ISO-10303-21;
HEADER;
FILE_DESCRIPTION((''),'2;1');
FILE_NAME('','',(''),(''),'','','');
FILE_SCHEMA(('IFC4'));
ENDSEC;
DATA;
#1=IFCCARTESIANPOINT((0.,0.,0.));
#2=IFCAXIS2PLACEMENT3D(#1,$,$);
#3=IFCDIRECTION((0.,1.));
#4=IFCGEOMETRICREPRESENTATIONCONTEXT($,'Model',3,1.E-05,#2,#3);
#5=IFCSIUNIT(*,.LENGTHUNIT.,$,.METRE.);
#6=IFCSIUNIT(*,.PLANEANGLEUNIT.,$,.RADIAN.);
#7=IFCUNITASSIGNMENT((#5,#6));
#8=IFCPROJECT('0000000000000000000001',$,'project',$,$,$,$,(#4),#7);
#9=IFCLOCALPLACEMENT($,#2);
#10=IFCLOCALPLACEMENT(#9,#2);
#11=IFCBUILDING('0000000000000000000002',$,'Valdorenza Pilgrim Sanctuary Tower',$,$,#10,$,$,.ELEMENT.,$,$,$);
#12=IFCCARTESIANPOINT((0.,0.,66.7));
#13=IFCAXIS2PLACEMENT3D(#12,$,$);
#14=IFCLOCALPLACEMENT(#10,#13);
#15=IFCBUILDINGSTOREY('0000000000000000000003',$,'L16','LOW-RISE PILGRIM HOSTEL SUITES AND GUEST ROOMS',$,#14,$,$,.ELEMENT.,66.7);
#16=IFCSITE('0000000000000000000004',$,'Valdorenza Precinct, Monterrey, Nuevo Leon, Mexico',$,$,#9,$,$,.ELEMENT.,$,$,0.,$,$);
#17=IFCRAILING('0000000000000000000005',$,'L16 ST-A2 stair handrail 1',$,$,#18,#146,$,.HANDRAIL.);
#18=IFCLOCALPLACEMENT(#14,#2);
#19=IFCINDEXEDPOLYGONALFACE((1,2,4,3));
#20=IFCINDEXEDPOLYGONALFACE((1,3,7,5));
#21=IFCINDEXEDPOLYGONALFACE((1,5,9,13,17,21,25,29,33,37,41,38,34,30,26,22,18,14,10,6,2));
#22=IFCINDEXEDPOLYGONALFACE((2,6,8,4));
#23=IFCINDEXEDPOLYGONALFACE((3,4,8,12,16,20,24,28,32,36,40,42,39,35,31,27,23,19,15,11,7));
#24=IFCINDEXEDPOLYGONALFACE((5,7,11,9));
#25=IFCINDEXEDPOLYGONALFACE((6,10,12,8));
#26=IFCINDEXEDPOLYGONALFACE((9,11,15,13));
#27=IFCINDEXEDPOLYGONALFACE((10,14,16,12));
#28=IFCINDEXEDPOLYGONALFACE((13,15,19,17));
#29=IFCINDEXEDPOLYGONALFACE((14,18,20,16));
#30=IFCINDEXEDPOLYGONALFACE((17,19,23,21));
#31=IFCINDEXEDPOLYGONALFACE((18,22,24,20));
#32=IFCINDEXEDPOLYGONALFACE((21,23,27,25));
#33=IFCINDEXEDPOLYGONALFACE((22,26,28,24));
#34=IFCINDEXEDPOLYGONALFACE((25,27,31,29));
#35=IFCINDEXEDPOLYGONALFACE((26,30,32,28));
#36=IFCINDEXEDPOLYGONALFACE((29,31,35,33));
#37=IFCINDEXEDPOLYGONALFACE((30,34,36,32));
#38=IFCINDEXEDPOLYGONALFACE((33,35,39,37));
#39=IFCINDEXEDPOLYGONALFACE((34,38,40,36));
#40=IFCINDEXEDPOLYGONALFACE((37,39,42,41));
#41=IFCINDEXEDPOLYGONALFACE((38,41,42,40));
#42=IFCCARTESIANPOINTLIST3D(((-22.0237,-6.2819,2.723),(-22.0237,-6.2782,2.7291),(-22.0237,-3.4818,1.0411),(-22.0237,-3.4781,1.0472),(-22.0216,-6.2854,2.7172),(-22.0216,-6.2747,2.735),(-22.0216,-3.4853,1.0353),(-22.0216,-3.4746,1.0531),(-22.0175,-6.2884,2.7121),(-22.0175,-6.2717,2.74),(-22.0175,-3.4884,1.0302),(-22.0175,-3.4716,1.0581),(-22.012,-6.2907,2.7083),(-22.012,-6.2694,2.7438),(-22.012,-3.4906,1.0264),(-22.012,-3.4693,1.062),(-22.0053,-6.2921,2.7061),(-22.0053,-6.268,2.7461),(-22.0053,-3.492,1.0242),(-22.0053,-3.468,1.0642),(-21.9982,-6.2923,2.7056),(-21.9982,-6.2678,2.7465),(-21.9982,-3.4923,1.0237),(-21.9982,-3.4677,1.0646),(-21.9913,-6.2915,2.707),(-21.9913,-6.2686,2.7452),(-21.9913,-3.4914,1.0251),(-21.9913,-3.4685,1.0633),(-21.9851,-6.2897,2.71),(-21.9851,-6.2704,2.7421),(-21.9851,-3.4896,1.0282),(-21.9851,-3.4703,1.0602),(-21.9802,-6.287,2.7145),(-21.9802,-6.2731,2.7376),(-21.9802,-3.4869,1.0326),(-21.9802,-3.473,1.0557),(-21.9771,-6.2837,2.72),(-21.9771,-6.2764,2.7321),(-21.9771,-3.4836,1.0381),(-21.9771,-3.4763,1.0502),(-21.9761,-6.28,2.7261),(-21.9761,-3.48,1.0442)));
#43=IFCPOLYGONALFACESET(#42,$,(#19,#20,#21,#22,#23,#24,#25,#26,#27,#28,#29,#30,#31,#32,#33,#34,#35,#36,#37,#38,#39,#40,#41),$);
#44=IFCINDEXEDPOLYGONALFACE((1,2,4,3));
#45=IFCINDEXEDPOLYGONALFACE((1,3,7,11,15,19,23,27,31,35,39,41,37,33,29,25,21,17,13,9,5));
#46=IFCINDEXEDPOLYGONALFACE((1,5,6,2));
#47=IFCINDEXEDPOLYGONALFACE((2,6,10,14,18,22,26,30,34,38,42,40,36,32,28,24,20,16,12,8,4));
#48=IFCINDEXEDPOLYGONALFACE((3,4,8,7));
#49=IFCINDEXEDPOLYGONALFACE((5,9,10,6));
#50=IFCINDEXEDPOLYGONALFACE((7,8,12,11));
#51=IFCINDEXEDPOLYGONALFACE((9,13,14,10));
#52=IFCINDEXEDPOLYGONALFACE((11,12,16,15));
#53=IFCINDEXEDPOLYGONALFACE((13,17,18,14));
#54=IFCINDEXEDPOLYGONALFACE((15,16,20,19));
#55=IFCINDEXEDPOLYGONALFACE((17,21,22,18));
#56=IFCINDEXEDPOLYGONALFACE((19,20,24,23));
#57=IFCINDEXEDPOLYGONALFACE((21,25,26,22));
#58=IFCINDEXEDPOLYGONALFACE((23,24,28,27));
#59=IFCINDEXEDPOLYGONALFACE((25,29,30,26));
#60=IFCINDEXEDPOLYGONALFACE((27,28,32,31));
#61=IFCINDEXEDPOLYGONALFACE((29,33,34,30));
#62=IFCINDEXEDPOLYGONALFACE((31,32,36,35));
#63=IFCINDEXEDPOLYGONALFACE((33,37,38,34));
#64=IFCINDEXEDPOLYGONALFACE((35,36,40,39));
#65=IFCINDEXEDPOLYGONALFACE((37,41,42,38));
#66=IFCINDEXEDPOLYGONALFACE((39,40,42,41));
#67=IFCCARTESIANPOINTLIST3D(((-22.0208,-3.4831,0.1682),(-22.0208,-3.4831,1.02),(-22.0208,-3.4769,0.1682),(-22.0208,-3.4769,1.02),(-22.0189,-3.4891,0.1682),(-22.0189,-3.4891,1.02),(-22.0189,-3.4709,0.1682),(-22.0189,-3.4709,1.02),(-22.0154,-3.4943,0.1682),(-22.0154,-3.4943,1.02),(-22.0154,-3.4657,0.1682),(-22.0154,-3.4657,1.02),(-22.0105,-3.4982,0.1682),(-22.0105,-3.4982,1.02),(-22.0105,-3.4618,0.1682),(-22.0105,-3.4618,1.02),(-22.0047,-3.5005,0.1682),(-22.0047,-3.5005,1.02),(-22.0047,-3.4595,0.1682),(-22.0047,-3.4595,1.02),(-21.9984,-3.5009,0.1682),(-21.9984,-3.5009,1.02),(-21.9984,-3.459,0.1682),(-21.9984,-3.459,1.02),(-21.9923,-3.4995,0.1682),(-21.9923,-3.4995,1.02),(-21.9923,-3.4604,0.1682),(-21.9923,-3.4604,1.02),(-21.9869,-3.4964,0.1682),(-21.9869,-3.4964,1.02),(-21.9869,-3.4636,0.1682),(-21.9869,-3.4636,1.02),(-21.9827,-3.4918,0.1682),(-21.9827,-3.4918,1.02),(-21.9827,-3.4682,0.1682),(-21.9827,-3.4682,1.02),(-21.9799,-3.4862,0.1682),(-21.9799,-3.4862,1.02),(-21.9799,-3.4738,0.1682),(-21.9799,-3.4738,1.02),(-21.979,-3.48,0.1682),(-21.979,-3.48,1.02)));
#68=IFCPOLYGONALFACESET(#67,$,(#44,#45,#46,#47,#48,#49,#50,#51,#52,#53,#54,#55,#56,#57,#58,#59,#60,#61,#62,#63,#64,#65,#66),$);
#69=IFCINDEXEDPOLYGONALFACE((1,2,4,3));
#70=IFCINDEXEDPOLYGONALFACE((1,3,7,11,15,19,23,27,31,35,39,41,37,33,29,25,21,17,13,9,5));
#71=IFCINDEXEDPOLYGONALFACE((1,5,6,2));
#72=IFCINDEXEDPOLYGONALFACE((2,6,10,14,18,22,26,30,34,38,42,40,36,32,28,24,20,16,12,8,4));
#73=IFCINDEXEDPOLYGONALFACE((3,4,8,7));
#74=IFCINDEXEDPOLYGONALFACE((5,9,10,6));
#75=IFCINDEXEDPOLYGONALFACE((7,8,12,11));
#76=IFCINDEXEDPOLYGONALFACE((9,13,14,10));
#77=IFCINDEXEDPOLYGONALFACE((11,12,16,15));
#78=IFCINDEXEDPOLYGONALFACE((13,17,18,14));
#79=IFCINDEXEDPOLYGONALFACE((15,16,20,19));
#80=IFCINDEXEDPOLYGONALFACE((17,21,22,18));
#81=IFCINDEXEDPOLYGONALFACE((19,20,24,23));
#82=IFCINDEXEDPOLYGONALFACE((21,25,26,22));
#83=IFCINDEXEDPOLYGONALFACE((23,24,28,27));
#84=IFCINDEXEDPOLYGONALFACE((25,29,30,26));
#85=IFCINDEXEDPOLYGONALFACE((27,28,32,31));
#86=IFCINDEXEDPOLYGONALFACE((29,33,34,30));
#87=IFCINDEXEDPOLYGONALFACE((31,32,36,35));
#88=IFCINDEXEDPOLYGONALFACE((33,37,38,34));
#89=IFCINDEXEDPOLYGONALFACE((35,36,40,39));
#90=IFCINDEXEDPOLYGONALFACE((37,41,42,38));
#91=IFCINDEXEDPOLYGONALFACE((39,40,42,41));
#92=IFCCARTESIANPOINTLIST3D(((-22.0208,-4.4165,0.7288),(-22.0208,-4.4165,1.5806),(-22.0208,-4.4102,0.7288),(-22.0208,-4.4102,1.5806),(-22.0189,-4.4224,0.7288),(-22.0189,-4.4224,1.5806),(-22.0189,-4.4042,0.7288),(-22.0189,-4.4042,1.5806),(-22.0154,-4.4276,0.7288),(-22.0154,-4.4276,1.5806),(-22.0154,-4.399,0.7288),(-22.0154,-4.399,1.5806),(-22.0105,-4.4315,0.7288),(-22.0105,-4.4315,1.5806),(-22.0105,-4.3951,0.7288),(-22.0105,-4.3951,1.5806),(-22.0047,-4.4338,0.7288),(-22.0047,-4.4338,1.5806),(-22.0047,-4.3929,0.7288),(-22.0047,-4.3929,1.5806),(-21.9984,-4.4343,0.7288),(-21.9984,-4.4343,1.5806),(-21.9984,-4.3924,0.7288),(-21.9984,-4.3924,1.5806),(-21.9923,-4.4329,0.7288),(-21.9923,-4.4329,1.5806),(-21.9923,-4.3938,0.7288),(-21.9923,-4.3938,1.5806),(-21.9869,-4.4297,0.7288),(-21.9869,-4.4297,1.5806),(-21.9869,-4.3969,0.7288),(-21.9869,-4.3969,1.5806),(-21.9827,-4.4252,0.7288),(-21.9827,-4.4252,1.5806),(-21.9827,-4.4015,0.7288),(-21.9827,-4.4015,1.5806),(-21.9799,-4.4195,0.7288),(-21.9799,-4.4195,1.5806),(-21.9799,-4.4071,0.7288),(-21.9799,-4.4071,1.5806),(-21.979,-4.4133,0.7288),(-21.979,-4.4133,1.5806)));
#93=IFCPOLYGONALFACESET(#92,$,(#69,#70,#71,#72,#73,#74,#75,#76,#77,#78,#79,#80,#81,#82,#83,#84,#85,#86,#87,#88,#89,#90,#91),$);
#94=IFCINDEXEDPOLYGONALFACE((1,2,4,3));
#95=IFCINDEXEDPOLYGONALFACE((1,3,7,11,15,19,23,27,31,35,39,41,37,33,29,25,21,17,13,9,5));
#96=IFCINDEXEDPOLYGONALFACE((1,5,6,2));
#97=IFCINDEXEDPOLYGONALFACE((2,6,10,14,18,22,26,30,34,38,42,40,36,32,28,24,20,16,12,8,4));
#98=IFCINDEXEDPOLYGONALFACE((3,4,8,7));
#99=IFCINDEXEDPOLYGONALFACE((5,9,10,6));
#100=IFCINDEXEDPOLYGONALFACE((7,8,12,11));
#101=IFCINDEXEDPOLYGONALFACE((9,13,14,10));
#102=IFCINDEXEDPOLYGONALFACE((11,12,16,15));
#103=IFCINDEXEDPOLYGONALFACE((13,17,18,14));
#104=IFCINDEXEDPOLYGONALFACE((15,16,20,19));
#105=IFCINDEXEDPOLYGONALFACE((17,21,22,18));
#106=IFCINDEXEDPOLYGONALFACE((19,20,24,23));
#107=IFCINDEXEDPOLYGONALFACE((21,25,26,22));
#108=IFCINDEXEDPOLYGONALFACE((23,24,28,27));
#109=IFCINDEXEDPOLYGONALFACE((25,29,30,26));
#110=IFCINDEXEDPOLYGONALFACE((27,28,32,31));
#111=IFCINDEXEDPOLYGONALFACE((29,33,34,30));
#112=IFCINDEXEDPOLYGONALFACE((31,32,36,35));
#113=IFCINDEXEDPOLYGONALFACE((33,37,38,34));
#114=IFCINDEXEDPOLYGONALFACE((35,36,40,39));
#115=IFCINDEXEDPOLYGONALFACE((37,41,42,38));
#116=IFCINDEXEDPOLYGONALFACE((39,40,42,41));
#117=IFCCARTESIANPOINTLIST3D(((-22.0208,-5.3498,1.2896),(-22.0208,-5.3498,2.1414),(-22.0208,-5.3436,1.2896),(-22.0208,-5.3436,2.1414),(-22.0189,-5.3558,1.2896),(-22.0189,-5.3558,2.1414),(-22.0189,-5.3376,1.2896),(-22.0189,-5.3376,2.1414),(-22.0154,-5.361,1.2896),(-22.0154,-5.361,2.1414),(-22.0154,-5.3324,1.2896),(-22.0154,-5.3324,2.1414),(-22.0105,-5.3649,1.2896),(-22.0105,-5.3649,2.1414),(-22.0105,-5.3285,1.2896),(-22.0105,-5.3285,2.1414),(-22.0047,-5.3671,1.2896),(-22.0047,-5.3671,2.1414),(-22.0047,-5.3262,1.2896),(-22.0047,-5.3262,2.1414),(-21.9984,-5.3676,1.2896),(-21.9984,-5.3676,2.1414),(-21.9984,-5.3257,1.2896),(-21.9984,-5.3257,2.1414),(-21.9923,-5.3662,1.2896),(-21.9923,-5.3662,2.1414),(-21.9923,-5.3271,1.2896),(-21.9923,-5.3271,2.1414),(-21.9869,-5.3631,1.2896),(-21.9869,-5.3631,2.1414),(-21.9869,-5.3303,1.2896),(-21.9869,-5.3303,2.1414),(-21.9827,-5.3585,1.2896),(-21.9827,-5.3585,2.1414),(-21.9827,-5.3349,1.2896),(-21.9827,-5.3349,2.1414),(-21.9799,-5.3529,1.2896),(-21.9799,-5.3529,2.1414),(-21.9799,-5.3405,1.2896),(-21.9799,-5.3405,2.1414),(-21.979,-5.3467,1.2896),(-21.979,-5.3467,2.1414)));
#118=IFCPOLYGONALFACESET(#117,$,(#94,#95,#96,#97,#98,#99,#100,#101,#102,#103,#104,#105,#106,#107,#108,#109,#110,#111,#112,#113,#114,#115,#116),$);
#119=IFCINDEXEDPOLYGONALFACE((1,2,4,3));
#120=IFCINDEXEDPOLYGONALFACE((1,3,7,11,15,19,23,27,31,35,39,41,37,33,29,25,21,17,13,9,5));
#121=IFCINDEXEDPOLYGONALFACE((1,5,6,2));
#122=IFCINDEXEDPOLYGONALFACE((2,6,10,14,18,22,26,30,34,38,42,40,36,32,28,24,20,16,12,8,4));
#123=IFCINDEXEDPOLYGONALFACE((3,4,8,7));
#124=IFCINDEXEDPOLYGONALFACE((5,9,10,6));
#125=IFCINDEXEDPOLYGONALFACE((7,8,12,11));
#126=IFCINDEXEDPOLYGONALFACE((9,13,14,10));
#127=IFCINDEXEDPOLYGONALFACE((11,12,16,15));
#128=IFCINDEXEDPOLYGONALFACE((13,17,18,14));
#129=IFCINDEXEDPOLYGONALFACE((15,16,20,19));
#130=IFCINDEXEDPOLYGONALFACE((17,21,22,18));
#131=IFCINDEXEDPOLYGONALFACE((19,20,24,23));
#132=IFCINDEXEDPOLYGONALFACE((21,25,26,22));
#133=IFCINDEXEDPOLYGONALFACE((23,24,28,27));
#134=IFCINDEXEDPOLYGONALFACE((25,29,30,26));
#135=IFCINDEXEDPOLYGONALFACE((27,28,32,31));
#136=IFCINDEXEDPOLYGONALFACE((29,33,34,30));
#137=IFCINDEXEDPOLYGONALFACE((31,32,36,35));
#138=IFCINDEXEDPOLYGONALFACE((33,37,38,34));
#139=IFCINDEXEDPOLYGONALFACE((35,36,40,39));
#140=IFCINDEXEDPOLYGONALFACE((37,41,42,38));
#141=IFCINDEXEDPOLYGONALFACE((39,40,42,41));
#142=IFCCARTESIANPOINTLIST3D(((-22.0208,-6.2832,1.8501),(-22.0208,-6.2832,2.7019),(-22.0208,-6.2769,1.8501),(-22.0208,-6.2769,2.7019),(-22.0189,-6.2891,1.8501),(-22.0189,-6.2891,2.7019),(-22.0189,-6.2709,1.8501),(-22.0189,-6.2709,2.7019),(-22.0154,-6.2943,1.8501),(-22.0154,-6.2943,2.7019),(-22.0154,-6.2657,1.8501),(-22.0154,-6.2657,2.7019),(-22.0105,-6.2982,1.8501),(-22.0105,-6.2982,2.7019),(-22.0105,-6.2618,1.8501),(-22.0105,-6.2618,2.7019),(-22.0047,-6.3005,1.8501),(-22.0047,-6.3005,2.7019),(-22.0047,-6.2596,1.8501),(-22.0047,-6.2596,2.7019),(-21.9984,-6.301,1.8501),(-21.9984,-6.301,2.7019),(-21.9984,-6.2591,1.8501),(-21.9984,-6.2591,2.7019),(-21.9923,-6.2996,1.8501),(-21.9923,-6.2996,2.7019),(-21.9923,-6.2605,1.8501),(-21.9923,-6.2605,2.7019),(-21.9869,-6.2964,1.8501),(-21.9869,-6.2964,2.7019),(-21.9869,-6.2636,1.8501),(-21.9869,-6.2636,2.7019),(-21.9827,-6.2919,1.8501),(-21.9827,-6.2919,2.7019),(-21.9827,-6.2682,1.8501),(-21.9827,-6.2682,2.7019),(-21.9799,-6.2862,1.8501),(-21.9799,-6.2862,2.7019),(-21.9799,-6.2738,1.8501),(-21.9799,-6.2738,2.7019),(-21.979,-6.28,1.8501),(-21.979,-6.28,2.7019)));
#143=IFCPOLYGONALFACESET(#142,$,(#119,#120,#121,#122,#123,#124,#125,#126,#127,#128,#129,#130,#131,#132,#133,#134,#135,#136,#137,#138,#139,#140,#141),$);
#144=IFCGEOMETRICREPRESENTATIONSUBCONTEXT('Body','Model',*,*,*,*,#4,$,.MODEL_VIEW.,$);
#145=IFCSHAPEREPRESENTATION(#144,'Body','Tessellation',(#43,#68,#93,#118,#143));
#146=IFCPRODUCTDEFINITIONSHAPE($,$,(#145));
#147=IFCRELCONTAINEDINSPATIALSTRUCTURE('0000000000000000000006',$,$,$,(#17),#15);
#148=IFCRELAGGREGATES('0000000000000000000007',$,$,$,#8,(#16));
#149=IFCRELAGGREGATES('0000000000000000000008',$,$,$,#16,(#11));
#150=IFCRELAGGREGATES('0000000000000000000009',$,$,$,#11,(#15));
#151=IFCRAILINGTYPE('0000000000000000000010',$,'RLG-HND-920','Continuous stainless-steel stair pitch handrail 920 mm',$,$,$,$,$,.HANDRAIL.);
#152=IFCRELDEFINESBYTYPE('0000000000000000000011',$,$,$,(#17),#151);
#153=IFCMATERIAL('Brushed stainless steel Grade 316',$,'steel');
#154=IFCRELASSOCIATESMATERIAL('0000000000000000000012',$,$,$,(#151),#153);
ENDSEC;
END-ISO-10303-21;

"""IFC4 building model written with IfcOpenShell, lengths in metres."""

from ifc_helpers import new_model, si_unit, direction, frame, origin, origin_2d, place, context, subcontext, project, spatial, circle, extrude, material, type_object, element, save


model = new_model("IFC4")

# Units and contexts
model_context = context("Model", 3, precision=1e-05, world=origin(), true_north=direction((0.0, 1.0)))
body_context = subcontext(model_context, "Body", "Model", "MODEL_VIEW")
ifc_project = project(units=[si_unit("LENGTHUNIT", "METRE"), si_unit("PLANEANGLEUNIT", "RADIAN")], contexts=[model_context])

# Site, building, storey
site_placement = place(None, origin())
site = spatial("IfcSite", under=ifc_project, at=site_placement, Name="Valdorenza Precinct, Monterrey, Nuevo Leon, Mexico", CompositionType="ELEMENT", RefElevation=0.0)
building_placement = place(site_placement, origin())
building = spatial("IfcBuilding", under=site, at=building_placement, Name="Valdorenza Pilgrim Sanctuary Tower", CompositionType="ELEMENT")
storey_placement = place(building_placement, frame((0.0, 0.0, 66.7)))
storey = spatial("IfcBuildingStorey", under=building, at=storey_placement, Name="L16", Description="LOW-RISE PILGRIM HOSTEL SUITES AND GUEST ROOMS", CompositionType="ELEMENT", Elevation=66.7)

# Shared definitions
ifc_material_1 = material(Name="Brushed stainless steel Grade 316", Category="steel")

# Railing
railing_type_1 = type_object("IfcRailingType", Name="RLG-HND-920", Description="Continuous stainless-steel stair pitch handrail 920 mm", PredefinedType="HANDRAIL", material=ifc_material_1)
railing_1_placement = place(storey_placement, frame((-22.0, -3.48, 0.1682)))
element("IfcRailing", 1, at=railing_1_placement, inside=storey, type_object=railing_type_1, Name="L16 ST-A2 stair handrail 1", PredefinedType="HANDRAIL", context=body_context, shape_type="SweptSolid", body=[
    extrude(circle(Radius=0.0239, at=origin_2d()), frame((0.0, 0.0, 0.876), z_axis=(0.0, -0.857242, 0.514913), x_axis=(1.0, 0.0, 0.0)), (0.0, 0.0, 1.0), 3.2664),
    extrude(circle(Radius=0.021, at=origin_2d()), origin(), (0.0, 0.0, 1.0), 0.8518),
    extrude(circle(Radius=0.021, at=origin_2d()), frame((0.0, -0.9333, 0.5605)), (0.0, 0.0, 1.0), 0.8518),
    extrude(circle(Radius=0.021, at=origin_2d()), frame((0.0, -1.8667, 1.1213)), (0.0, 0.0, 1.0), 0.8518),
    extrude(circle(Radius=0.021, at=origin_2d()), frame((0.0, -2.8, 1.6819)), (0.0, 0.0, 1.0), 0.8518),
])

save(model, "model.ifc")
